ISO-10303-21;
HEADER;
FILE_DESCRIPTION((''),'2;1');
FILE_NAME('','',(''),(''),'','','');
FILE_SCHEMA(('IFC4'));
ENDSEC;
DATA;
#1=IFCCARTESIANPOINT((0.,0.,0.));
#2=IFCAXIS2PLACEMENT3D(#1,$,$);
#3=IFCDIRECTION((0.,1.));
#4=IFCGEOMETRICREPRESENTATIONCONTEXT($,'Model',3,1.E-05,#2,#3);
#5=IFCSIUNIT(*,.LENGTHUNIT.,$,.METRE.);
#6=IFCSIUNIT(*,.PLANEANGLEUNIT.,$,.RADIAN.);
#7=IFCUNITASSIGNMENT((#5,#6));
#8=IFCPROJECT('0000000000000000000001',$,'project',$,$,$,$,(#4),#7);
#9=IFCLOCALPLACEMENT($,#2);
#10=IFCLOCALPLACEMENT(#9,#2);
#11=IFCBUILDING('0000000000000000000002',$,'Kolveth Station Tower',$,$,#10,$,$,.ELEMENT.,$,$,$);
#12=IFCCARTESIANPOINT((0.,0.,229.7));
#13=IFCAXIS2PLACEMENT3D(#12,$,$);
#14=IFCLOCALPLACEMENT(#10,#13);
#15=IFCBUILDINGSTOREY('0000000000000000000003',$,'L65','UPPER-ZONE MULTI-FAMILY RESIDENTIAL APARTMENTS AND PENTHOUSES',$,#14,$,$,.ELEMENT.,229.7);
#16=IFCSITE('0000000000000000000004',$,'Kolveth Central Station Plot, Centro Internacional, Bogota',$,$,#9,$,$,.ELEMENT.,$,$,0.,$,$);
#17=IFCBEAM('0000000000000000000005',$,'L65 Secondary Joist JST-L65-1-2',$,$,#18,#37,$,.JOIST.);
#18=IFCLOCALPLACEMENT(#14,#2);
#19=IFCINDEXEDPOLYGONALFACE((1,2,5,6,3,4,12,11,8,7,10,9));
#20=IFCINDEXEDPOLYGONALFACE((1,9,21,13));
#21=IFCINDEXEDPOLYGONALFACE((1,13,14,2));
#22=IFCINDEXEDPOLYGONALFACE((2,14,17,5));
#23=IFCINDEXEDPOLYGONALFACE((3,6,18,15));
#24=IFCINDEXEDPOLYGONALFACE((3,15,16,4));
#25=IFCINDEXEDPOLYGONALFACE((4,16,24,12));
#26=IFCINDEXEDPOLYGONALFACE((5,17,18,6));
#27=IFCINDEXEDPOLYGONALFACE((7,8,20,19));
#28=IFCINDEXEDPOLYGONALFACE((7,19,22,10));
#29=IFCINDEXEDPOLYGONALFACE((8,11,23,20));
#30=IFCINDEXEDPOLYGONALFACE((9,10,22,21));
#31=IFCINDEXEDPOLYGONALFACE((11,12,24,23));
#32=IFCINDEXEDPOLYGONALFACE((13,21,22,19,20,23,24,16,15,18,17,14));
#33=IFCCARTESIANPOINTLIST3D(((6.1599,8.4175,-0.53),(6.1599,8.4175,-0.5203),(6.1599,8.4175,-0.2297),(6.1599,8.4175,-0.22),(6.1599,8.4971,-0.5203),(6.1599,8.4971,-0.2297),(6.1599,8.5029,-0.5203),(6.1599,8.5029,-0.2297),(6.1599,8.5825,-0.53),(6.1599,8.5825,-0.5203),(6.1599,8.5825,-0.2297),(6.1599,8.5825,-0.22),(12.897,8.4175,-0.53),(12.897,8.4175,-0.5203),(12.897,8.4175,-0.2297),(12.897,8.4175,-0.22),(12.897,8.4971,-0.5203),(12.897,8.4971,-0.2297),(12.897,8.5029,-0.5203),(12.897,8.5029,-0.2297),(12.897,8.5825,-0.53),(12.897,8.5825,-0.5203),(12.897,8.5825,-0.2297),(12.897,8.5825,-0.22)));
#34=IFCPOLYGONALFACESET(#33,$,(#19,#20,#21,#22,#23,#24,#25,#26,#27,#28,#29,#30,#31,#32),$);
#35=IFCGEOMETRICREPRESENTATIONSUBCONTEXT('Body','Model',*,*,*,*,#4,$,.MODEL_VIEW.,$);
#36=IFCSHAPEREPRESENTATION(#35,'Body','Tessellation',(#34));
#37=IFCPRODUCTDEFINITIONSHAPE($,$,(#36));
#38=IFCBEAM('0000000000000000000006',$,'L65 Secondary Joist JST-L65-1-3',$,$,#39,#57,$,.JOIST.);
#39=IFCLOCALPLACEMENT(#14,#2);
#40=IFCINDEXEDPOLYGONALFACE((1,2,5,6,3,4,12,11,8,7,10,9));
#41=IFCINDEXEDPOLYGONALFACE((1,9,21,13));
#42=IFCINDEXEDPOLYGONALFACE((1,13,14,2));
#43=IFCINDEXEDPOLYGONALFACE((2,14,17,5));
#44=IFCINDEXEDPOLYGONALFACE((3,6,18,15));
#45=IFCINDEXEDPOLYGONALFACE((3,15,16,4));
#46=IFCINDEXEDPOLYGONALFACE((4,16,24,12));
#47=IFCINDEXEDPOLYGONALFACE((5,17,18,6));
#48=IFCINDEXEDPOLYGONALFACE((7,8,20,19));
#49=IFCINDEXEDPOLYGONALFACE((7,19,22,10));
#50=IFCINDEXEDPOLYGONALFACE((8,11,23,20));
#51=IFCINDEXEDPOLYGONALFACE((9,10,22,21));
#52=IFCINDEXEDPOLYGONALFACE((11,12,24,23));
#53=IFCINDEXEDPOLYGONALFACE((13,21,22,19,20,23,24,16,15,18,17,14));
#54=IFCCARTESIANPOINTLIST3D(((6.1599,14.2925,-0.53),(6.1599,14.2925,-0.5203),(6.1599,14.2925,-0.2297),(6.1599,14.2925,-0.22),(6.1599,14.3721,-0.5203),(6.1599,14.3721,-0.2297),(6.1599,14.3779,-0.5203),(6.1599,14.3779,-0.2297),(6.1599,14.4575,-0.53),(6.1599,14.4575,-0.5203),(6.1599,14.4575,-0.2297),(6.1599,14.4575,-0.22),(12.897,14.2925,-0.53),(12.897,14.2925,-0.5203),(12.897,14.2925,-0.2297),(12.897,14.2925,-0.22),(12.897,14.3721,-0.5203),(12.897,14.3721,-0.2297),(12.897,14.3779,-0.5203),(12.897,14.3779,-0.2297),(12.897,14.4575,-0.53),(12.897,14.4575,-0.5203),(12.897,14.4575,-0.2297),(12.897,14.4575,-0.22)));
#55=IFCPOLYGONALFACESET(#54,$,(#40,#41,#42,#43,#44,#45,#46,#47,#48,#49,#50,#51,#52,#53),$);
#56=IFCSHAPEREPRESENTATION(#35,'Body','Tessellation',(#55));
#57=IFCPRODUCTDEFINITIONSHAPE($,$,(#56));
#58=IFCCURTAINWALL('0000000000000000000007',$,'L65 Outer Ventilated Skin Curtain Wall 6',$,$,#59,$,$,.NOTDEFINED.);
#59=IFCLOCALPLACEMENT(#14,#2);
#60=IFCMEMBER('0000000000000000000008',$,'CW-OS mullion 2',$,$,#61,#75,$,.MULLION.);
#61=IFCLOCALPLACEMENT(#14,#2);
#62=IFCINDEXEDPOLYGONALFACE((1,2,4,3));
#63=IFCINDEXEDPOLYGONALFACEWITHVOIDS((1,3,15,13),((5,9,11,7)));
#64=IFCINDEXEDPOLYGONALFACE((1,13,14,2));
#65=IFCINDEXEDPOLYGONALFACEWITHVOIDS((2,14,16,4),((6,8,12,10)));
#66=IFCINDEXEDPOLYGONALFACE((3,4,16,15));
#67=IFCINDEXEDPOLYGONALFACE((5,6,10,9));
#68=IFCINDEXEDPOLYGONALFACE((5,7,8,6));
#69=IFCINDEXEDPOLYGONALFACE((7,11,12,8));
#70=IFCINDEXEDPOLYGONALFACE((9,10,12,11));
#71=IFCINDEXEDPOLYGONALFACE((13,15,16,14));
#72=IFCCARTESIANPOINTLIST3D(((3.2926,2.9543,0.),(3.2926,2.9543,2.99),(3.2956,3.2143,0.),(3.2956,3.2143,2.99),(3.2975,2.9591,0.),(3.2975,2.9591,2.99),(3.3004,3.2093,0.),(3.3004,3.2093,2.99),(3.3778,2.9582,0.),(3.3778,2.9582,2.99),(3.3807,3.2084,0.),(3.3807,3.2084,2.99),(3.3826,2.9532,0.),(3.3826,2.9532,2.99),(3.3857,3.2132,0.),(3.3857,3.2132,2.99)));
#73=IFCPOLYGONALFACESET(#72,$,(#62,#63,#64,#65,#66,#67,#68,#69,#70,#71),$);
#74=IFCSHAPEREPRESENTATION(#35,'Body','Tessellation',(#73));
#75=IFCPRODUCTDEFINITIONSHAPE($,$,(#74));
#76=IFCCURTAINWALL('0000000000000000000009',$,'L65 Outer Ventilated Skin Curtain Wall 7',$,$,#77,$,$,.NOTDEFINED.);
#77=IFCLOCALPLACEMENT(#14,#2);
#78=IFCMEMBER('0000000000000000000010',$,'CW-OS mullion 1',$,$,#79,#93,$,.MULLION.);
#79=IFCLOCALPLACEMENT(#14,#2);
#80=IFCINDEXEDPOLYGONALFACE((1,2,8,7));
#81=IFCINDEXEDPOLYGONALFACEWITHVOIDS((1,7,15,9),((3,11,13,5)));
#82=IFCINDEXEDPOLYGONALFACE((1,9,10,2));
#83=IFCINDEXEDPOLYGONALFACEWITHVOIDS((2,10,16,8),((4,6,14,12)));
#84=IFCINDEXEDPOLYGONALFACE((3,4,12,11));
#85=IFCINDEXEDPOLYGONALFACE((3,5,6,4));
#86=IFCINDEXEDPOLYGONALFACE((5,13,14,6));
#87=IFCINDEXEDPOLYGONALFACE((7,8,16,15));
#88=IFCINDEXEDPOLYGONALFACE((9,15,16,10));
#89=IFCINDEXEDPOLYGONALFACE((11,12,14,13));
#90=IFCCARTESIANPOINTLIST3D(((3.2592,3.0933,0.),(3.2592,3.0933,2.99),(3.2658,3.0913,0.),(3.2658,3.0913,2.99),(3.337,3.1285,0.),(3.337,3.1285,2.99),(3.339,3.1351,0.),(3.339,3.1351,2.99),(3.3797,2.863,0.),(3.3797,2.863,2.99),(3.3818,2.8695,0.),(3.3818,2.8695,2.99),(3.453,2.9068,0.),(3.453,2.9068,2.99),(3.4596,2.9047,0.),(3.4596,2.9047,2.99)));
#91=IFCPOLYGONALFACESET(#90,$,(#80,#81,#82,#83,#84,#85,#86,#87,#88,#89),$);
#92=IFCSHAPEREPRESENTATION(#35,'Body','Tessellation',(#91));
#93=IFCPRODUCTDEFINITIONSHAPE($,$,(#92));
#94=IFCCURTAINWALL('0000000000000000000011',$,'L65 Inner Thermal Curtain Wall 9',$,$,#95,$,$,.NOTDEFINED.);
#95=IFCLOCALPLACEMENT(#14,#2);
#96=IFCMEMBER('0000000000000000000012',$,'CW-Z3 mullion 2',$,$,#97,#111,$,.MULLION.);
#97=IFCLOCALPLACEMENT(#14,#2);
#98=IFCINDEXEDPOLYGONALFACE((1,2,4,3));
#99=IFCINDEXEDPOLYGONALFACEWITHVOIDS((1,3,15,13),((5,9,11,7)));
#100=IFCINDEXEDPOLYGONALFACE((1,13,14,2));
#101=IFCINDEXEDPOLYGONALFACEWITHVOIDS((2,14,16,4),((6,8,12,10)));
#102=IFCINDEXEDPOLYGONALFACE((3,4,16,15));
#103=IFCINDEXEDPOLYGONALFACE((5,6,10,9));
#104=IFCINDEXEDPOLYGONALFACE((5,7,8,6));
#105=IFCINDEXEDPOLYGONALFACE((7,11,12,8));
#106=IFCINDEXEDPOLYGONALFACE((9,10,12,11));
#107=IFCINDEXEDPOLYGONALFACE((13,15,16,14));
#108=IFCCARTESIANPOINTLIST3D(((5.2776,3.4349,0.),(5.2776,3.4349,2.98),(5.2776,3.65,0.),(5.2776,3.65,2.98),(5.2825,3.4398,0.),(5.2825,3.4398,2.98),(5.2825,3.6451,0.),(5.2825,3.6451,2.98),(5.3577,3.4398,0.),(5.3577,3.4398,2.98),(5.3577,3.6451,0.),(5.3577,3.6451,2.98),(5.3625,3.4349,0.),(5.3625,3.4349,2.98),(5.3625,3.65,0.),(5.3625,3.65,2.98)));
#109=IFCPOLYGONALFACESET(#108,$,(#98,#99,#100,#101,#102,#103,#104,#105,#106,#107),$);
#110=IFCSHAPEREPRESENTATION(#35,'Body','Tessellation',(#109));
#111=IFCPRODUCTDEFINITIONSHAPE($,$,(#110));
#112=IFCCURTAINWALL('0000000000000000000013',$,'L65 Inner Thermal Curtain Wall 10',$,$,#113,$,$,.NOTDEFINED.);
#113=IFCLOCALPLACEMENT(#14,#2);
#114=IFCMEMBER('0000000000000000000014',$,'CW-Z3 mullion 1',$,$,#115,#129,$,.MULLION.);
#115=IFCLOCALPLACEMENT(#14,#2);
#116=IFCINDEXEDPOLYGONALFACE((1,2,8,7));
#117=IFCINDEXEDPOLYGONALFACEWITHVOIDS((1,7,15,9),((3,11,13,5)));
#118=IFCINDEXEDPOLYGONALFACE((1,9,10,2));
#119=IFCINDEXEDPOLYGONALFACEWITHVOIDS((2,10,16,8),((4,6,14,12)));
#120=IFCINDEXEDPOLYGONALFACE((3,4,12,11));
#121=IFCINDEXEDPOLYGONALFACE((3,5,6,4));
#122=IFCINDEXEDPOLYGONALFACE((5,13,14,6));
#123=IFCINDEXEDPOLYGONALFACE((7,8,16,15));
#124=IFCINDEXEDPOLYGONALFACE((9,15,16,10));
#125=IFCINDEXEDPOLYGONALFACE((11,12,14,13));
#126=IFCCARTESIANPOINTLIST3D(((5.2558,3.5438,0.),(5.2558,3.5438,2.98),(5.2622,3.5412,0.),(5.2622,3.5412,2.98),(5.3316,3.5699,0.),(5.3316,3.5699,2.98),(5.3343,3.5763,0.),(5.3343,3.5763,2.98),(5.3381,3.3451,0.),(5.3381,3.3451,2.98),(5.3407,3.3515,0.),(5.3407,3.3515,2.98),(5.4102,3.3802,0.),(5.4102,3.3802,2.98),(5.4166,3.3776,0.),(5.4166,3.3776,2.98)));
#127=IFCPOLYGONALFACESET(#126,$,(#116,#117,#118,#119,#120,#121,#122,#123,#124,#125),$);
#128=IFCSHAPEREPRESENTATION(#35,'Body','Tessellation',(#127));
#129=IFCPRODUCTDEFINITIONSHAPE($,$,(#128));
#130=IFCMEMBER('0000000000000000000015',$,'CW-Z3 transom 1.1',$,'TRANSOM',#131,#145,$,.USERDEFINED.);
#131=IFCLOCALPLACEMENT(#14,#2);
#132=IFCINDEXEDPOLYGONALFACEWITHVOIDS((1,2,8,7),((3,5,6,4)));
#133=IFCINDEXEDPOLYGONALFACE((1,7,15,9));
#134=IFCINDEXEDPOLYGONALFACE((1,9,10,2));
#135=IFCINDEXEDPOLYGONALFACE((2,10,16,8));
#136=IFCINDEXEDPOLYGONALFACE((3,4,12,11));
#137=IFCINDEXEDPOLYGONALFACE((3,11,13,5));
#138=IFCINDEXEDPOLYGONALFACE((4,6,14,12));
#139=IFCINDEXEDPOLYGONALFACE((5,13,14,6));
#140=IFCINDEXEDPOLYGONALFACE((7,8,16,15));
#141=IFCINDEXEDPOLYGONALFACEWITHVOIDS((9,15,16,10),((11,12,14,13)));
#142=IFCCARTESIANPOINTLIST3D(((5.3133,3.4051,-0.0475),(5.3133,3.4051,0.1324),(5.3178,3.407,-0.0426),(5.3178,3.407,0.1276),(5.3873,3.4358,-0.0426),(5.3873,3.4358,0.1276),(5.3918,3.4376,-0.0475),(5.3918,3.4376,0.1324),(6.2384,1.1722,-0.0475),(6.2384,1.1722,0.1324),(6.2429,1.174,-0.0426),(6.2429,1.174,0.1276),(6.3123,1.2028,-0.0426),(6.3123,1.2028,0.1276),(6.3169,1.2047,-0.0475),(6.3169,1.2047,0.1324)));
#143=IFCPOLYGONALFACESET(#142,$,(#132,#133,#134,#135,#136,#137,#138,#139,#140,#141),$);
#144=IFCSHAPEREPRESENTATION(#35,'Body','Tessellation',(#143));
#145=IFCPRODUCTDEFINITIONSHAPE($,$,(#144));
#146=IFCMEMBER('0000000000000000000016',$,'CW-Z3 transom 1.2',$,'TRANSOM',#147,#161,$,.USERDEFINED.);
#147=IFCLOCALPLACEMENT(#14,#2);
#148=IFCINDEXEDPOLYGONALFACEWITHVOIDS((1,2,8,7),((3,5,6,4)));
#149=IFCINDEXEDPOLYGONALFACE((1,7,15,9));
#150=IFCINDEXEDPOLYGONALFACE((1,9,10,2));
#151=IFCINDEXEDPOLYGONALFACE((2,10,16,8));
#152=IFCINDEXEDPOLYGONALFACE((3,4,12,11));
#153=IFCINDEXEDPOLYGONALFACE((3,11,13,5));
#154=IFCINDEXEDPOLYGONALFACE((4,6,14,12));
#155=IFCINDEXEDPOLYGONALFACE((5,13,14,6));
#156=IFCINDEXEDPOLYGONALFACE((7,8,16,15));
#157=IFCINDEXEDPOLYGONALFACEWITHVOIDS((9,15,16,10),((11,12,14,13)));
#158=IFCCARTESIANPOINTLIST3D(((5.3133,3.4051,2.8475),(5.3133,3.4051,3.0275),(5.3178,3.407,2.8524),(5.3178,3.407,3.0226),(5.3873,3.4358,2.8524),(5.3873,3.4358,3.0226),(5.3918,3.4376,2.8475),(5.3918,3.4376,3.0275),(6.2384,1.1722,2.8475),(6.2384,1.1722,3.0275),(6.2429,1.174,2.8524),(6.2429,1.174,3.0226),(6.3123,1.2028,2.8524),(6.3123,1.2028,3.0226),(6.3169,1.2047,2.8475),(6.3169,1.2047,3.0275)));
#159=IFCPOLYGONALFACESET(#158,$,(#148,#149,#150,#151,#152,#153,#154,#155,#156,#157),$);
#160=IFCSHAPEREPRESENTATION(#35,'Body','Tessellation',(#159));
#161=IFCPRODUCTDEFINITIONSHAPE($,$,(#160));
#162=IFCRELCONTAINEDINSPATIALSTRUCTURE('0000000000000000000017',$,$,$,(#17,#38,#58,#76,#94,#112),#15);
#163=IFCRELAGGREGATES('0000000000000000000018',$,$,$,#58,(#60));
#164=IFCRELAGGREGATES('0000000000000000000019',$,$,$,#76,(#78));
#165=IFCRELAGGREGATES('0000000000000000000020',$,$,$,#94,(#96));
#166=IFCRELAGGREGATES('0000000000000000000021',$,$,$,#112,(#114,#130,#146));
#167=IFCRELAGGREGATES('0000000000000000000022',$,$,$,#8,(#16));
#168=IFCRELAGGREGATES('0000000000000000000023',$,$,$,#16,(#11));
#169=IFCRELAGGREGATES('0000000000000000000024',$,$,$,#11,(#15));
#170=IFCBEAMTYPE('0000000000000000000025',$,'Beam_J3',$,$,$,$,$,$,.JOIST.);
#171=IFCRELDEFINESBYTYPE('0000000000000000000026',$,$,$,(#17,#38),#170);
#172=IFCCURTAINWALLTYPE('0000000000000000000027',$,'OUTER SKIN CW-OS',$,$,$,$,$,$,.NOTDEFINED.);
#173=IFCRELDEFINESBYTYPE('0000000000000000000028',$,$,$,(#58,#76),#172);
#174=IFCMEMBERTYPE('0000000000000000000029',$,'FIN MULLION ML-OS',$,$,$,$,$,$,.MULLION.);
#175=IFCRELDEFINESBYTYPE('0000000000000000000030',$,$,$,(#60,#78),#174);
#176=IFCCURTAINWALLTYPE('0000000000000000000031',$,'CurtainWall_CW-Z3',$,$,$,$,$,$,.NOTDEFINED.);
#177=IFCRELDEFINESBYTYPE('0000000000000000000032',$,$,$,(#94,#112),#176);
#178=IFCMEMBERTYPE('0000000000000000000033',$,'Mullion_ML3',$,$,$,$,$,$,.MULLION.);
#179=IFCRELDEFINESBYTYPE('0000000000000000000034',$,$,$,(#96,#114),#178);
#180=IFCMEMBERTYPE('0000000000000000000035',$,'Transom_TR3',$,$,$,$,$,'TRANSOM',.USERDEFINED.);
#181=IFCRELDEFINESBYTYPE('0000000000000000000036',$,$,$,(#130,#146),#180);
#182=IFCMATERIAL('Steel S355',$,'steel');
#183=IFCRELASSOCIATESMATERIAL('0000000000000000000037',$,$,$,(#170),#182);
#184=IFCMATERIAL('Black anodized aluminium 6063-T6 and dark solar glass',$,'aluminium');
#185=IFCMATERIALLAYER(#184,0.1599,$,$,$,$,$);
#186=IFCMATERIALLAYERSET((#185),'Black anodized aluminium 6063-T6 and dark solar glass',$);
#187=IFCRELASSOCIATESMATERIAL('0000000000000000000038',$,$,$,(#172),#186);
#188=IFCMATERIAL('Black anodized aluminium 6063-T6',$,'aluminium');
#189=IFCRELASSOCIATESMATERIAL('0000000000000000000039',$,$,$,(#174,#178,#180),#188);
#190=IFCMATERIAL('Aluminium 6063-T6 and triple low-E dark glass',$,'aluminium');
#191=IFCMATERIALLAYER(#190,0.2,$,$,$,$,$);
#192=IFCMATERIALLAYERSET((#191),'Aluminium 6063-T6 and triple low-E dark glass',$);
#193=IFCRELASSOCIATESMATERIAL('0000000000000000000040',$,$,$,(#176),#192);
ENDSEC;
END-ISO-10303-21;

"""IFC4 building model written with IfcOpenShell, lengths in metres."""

from ifc_helpers import new_model, si_unit, direction, frame, origin, origin_2d, place, context, subcontext, project, spatial, hollow_rectangle, i_section, extrude, source, transform, mapped, material, layer, layer_set, material_profile, profile_set, type_object, element, aggregate, save


model = new_model("IFC4")

# Units and contexts
model_context = context("Model", 3, precision=1e-05, world=origin(), true_north=direction((0.0, 1.0)))
body_context = subcontext(model_context, "Body", "Model", "MODEL_VIEW")
ifc_project = project(units=[si_unit("LENGTHUNIT", "METRE"), si_unit("PLANEANGLEUNIT", "RADIAN")], contexts=[model_context])

# Site, building, storey
site_placement = place(None, origin())
site = spatial("IfcSite", under=ifc_project, at=site_placement, Name="Kolveth Central Station Plot, Centro Internacional, Bogota", CompositionType="ELEMENT", RefElevation=0.0)
building_placement = place(site_placement, origin())
building = spatial("IfcBuilding", under=site, at=building_placement, Name="Kolveth Station Tower", CompositionType="ELEMENT")
storey_placement = place(building_placement, frame((0.0, 0.0, 229.7)))
storey = spatial("IfcBuildingStorey", under=building, at=storey_placement, Name="L65", Description="UPPER-ZONE MULTI-FAMILY RESIDENTIAL APARTMENTS AND PENTHOUSES", CompositionType="ELEMENT", Elevation=229.7)

# Shared definitions
ifc_material_1 = material(Name="Steel S355", Category="steel")

# Beams
ifc_material_profile_1 = material_profile(ifc_material_1, i_section(OverallWidth=0.165, OverallDepth=0.3101, WebThickness=0.0059, FlangeThickness=0.0098, at=origin_2d()), Name="W310x39")
ifc_profile_set_1 = profile_set([ifc_material_profile_1], Name="Steel S355")
beam_type_1 = type_object("IfcBeamType", Name="Beam_J3", PredefinedType="JOIST", material=ifc_profile_set_1)
shared_shape_1 = source(origin(), body_context, "Body", "SweptSolid", [
    extrude(i_section(OverallWidth=0.165, OverallDepth=0.3101, WebThickness=0.0059, FlangeThickness=0.0098, at=origin_2d()), origin(), (0.0, 0.0, 1.0), 6.7371),
])
for number, where, z_axis, x_axis, name in (
    (1, (6.1599, 8.5, -0.375), (1.0, 0.0, 0.0), (0.0, 1.0, 0.0), "L65 Secondary Joist JST-L65-1-2"),
    (2, (6.1599, 14.375, -0.375), (1.0, 0.0, 0.0), (0.0, 1.0, 0.0), "L65 Secondary Joist JST-L65-1-3"),
):
    element("IfcBeam", number, at=place(storey_placement, frame(where, z_axis=z_axis, x_axis=x_axis)), inside=storey, type_object=beam_type_1, Name=name, PredefinedType="JOIST", context=body_context, shape_type="MappedRepresentation", body=[
        mapped(shared_shape_1, transform((0.0, 0.0, 0.0), x_axis=(1.0, 0.0, 0.0), y_axis=(0.0, 1.0, 0.0), z_axis=(0.0, 0.0, 1.0), scale=1.0)),
    ])

# Curtain walls, members
ifc_material_2 = material(Name="Black anodized aluminium 6063-T6 and dark solar glass", Category="aluminium")
ifc_layer_1 = layer(ifc_material_2, 0.1599)
ifc_layer_set_1 = layer_set([ifc_layer_1], Name="Black anodized aluminium 6063-T6 and dark solar glass")
curtain_wall_type_1 = type_object("IfcCurtainWallType", Name="OUTER SKIN CW-OS", PredefinedType="NOTDEFINED", material=ifc_layer_set_1)
curtain_wall_1_placement = place(storey_placement, origin())
curtain_wall_1 = element("IfcCurtainWall", 3, at=curtain_wall_1_placement, inside=storey, type_object=curtain_wall_type_1, Name="L65 Outer Ventilated Skin Curtain Wall 6", PredefinedType="NOTDEFINED")
ifc_material_3 = material(Name="Black anodized aluminium 6063-T6", Category="aluminium")
ifc_material_profile_2 = material_profile(ifc_material_3, hollow_rectangle(XDim=0.0901, YDim=0.26, WallThickness=0.0049, at=origin_2d()), Name="ALU-90x260x5")
ifc_profile_set_2 = profile_set([ifc_material_profile_2], Name="Black anodized aluminium 6063-T6")
member_type_1 = type_object("IfcMemberType", Name="FIN MULLION ML-OS", PredefinedType="MULLION", material=ifc_profile_set_2)
shared_shape_2 = source(origin(), body_context, "Body", "SweptSolid", [
    extrude(hollow_rectangle(XDim=0.0901, YDim=0.26, WallThickness=0.0049, at=origin_2d()), origin(), (0.0, 0.0, 1.0), 2.99),
])
member_1_placement = place(storey_placement, frame((3.3391, 3.0837, 0.0), z_axis=(0.0, 0.0, 1.0), x_axis=(0.999933, -0.011561, 0.0)))
member_1 = element("IfcMember", 4, at=member_1_placement, type_object=member_type_1, Name="CW-OS mullion 2", PredefinedType="MULLION", context=body_context, shape_type="MappedRepresentation", body=[
    mapped(shared_shape_2, transform((0.0, 0.0, 0.0), x_axis=(1.0, 0.0, 0.0), y_axis=(0.0, 1.0, 0.0), z_axis=(0.0, 0.0, 1.0), scale=1.0)),
])
aggregate(curtain_wall_1, [member_1])
curtain_wall_2_placement = place(storey_placement, origin())
curtain_wall_2 = element("IfcCurtainWall", 5, at=curtain_wall_2_placement, inside=storey, type_object=curtain_wall_type_1, Name="L65 Outer Ventilated Skin Curtain Wall 7", PredefinedType="NOTDEFINED")
member_2_placement = place(storey_placement, frame((3.3594, 2.999, 0.0), z_axis=(0.0, 0.0, 1.0), x_axis=(0.886063, 0.463566, 0.0)))
member_2 = element("IfcMember", 6, at=member_2_placement, type_object=member_type_1, Name="CW-OS mullion 1", PredefinedType="MULLION", context=body_context, shape_type="MappedRepresentation", body=[
    mapped(shared_shape_2, transform((0.0, 0.0, 0.0), x_axis=(1.0, 0.0, 0.0), y_axis=(0.0, 1.0, 0.0), z_axis=(0.0, 0.0, 1.0), scale=1.0)),
])
aggregate(curtain_wall_2, [member_2])
ifc_material_4 = material(Name="Aluminium 6063-T6 and triple low-E dark glass", Category="aluminium")
ifc_layer_2 = layer(ifc_material_4, 0.2)
ifc_layer_set_2 = layer_set([ifc_layer_2], Name="Aluminium 6063-T6 and triple low-E dark glass")
curtain_wall_type_2 = type_object("IfcCurtainWallType", Name="CurtainWall_CW-Z3", PredefinedType="NOTDEFINED", material=ifc_layer_set_2)
curtain_wall_3_placement = place(storey_placement, origin())
curtain_wall_3 = element("IfcCurtainWall", 7, at=curtain_wall_3_placement, inside=storey, type_object=curtain_wall_type_2, Name="L65 Inner Thermal Curtain Wall 9", PredefinedType="NOTDEFINED")
ifc_material_profile_3 = material_profile(ifc_material_3, hollow_rectangle(XDim=0.085, YDim=0.2151, WallThickness=0.0049, at=origin_2d()), Name="ALU-85x215x5")
ifc_profile_set_3 = profile_set([ifc_material_profile_3], Name="Black anodized aluminium 6063-T6")
member_type_2 = type_object("IfcMemberType", Name="Mullion_ML3", PredefinedType="MULLION", material=ifc_profile_set_3)
shared_shape_3 = source(origin(), body_context, "Body", "SweptSolid", [
    extrude(hollow_rectangle(XDim=0.085, YDim=0.2151, WallThickness=0.0049, at=origin_2d()), origin(), (0.0, 0.0, 1.0), 2.98),
])
member_3_placement = place(storey_placement, frame((5.3201, 3.5425, 0.0), z_axis=(0.0, 0.0, 1.0), x_axis=(1.0, 0.0, 0.0)))
member_3 = element("IfcMember", 8, at=member_3_placement, type_object=member_type_2, Name="CW-Z3 mullion 2", PredefinedType="MULLION", context=body_context, shape_type="MappedRepresentation", body=[
    mapped(shared_shape_3, transform((0.0, 0.0, 0.0), x_axis=(1.0, 0.0, 0.0), y_axis=(0.0, 1.0, 0.0), z_axis=(0.0, 0.0, 1.0), scale=1.0)),
])
aggregate(curtain_wall_3, [member_3])

# Curtain wall, members
curtain_wall_4_placement = place(storey_placement, origin())
curtain_wall_4 = element("IfcCurtainWall", 9, at=curtain_wall_4_placement, inside=storey, type_object=curtain_wall_type_2, Name="L65 Inner Thermal Curtain Wall 10", PredefinedType="NOTDEFINED")
member_4_placement = place(storey_placement, frame((5.3362, 3.4607, 0.0), z_axis=(0.0, 0.0, 1.0), x_axis=(0.923875, 0.382693, 0.0)))
member_4 = element("IfcMember", 10, at=member_4_placement, type_object=member_type_2, Name="CW-Z3 mullion 1", PredefinedType="MULLION", context=body_context, shape_type="MappedRepresentation", body=[
    mapped(shared_shape_3, transform((0.0, 0.0, 0.0), x_axis=(1.0, 0.0, 0.0), y_axis=(0.0, 1.0, 0.0), z_axis=(0.0, 0.0, 1.0), scale=1.0)),
])
ifc_material_profile_4 = material_profile(ifc_material_3, hollow_rectangle(XDim=0.085, YDim=0.1799, WallThickness=0.0049, at=origin_2d()), Name="ALU-85x180x5")
ifc_profile_set_4 = profile_set([ifc_material_profile_4], Name="Black anodized aluminium 6063-T6")
member_type_3 = type_object("IfcMemberType", Name="Transom_TR3", ElementType="TRANSOM", PredefinedType="USERDEFINED", material=ifc_profile_set_4)
shared_shape_4 = source(origin(), body_context, "Body", "SweptSolid", [
    extrude(hollow_rectangle(XDim=0.085, YDim=0.1799, WallThickness=0.0049, at=origin_2d()), origin(), (0.0, 0.0, 1.0), 2.417),
])
member_5_placement = place(storey_placement, frame((5.3525, 3.4214, 0.0425), z_axis=(0.382735, -0.923858, 0.0), x_axis=(0.923858, 0.382735, 0.0)))
member_5 = element("IfcMember", 11, at=member_5_placement, type_object=member_type_3, Name="CW-Z3 transom 1.1", ObjectType="TRANSOM", PredefinedType="USERDEFINED", context=body_context, shape_type="MappedRepresentation", body=[
    mapped(shared_shape_4, transform((0.0, 0.0, 0.0), x_axis=(1.0, 0.0, 0.0), y_axis=(0.0, 1.0, 0.0), z_axis=(0.0, 0.0, 1.0), scale=1.0)),
])
member_6_placement = place(storey_placement, frame((5.3525, 3.4214, 2.9375), z_axis=(0.382735, -0.923858, 0.0), x_axis=(0.923858, 0.382735, 0.0)))
member_6 = element("IfcMember", 12, at=member_6_placement, type_object=member_type_3, Name="CW-Z3 transom 1.2", ObjectType="TRANSOM", PredefinedType="USERDEFINED", context=body_context, shape_type="MappedRepresentation", body=[
    mapped(shared_shape_4, transform((0.0, 0.0, 0.0), x_axis=(1.0, 0.0, 0.0), y_axis=(0.0, 1.0, 0.0), z_axis=(0.0, 0.0, 1.0), scale=1.0)),
])
aggregate(curtain_wall_4, [member_4, member_5, member_6])

save(model, "model.ifc")
